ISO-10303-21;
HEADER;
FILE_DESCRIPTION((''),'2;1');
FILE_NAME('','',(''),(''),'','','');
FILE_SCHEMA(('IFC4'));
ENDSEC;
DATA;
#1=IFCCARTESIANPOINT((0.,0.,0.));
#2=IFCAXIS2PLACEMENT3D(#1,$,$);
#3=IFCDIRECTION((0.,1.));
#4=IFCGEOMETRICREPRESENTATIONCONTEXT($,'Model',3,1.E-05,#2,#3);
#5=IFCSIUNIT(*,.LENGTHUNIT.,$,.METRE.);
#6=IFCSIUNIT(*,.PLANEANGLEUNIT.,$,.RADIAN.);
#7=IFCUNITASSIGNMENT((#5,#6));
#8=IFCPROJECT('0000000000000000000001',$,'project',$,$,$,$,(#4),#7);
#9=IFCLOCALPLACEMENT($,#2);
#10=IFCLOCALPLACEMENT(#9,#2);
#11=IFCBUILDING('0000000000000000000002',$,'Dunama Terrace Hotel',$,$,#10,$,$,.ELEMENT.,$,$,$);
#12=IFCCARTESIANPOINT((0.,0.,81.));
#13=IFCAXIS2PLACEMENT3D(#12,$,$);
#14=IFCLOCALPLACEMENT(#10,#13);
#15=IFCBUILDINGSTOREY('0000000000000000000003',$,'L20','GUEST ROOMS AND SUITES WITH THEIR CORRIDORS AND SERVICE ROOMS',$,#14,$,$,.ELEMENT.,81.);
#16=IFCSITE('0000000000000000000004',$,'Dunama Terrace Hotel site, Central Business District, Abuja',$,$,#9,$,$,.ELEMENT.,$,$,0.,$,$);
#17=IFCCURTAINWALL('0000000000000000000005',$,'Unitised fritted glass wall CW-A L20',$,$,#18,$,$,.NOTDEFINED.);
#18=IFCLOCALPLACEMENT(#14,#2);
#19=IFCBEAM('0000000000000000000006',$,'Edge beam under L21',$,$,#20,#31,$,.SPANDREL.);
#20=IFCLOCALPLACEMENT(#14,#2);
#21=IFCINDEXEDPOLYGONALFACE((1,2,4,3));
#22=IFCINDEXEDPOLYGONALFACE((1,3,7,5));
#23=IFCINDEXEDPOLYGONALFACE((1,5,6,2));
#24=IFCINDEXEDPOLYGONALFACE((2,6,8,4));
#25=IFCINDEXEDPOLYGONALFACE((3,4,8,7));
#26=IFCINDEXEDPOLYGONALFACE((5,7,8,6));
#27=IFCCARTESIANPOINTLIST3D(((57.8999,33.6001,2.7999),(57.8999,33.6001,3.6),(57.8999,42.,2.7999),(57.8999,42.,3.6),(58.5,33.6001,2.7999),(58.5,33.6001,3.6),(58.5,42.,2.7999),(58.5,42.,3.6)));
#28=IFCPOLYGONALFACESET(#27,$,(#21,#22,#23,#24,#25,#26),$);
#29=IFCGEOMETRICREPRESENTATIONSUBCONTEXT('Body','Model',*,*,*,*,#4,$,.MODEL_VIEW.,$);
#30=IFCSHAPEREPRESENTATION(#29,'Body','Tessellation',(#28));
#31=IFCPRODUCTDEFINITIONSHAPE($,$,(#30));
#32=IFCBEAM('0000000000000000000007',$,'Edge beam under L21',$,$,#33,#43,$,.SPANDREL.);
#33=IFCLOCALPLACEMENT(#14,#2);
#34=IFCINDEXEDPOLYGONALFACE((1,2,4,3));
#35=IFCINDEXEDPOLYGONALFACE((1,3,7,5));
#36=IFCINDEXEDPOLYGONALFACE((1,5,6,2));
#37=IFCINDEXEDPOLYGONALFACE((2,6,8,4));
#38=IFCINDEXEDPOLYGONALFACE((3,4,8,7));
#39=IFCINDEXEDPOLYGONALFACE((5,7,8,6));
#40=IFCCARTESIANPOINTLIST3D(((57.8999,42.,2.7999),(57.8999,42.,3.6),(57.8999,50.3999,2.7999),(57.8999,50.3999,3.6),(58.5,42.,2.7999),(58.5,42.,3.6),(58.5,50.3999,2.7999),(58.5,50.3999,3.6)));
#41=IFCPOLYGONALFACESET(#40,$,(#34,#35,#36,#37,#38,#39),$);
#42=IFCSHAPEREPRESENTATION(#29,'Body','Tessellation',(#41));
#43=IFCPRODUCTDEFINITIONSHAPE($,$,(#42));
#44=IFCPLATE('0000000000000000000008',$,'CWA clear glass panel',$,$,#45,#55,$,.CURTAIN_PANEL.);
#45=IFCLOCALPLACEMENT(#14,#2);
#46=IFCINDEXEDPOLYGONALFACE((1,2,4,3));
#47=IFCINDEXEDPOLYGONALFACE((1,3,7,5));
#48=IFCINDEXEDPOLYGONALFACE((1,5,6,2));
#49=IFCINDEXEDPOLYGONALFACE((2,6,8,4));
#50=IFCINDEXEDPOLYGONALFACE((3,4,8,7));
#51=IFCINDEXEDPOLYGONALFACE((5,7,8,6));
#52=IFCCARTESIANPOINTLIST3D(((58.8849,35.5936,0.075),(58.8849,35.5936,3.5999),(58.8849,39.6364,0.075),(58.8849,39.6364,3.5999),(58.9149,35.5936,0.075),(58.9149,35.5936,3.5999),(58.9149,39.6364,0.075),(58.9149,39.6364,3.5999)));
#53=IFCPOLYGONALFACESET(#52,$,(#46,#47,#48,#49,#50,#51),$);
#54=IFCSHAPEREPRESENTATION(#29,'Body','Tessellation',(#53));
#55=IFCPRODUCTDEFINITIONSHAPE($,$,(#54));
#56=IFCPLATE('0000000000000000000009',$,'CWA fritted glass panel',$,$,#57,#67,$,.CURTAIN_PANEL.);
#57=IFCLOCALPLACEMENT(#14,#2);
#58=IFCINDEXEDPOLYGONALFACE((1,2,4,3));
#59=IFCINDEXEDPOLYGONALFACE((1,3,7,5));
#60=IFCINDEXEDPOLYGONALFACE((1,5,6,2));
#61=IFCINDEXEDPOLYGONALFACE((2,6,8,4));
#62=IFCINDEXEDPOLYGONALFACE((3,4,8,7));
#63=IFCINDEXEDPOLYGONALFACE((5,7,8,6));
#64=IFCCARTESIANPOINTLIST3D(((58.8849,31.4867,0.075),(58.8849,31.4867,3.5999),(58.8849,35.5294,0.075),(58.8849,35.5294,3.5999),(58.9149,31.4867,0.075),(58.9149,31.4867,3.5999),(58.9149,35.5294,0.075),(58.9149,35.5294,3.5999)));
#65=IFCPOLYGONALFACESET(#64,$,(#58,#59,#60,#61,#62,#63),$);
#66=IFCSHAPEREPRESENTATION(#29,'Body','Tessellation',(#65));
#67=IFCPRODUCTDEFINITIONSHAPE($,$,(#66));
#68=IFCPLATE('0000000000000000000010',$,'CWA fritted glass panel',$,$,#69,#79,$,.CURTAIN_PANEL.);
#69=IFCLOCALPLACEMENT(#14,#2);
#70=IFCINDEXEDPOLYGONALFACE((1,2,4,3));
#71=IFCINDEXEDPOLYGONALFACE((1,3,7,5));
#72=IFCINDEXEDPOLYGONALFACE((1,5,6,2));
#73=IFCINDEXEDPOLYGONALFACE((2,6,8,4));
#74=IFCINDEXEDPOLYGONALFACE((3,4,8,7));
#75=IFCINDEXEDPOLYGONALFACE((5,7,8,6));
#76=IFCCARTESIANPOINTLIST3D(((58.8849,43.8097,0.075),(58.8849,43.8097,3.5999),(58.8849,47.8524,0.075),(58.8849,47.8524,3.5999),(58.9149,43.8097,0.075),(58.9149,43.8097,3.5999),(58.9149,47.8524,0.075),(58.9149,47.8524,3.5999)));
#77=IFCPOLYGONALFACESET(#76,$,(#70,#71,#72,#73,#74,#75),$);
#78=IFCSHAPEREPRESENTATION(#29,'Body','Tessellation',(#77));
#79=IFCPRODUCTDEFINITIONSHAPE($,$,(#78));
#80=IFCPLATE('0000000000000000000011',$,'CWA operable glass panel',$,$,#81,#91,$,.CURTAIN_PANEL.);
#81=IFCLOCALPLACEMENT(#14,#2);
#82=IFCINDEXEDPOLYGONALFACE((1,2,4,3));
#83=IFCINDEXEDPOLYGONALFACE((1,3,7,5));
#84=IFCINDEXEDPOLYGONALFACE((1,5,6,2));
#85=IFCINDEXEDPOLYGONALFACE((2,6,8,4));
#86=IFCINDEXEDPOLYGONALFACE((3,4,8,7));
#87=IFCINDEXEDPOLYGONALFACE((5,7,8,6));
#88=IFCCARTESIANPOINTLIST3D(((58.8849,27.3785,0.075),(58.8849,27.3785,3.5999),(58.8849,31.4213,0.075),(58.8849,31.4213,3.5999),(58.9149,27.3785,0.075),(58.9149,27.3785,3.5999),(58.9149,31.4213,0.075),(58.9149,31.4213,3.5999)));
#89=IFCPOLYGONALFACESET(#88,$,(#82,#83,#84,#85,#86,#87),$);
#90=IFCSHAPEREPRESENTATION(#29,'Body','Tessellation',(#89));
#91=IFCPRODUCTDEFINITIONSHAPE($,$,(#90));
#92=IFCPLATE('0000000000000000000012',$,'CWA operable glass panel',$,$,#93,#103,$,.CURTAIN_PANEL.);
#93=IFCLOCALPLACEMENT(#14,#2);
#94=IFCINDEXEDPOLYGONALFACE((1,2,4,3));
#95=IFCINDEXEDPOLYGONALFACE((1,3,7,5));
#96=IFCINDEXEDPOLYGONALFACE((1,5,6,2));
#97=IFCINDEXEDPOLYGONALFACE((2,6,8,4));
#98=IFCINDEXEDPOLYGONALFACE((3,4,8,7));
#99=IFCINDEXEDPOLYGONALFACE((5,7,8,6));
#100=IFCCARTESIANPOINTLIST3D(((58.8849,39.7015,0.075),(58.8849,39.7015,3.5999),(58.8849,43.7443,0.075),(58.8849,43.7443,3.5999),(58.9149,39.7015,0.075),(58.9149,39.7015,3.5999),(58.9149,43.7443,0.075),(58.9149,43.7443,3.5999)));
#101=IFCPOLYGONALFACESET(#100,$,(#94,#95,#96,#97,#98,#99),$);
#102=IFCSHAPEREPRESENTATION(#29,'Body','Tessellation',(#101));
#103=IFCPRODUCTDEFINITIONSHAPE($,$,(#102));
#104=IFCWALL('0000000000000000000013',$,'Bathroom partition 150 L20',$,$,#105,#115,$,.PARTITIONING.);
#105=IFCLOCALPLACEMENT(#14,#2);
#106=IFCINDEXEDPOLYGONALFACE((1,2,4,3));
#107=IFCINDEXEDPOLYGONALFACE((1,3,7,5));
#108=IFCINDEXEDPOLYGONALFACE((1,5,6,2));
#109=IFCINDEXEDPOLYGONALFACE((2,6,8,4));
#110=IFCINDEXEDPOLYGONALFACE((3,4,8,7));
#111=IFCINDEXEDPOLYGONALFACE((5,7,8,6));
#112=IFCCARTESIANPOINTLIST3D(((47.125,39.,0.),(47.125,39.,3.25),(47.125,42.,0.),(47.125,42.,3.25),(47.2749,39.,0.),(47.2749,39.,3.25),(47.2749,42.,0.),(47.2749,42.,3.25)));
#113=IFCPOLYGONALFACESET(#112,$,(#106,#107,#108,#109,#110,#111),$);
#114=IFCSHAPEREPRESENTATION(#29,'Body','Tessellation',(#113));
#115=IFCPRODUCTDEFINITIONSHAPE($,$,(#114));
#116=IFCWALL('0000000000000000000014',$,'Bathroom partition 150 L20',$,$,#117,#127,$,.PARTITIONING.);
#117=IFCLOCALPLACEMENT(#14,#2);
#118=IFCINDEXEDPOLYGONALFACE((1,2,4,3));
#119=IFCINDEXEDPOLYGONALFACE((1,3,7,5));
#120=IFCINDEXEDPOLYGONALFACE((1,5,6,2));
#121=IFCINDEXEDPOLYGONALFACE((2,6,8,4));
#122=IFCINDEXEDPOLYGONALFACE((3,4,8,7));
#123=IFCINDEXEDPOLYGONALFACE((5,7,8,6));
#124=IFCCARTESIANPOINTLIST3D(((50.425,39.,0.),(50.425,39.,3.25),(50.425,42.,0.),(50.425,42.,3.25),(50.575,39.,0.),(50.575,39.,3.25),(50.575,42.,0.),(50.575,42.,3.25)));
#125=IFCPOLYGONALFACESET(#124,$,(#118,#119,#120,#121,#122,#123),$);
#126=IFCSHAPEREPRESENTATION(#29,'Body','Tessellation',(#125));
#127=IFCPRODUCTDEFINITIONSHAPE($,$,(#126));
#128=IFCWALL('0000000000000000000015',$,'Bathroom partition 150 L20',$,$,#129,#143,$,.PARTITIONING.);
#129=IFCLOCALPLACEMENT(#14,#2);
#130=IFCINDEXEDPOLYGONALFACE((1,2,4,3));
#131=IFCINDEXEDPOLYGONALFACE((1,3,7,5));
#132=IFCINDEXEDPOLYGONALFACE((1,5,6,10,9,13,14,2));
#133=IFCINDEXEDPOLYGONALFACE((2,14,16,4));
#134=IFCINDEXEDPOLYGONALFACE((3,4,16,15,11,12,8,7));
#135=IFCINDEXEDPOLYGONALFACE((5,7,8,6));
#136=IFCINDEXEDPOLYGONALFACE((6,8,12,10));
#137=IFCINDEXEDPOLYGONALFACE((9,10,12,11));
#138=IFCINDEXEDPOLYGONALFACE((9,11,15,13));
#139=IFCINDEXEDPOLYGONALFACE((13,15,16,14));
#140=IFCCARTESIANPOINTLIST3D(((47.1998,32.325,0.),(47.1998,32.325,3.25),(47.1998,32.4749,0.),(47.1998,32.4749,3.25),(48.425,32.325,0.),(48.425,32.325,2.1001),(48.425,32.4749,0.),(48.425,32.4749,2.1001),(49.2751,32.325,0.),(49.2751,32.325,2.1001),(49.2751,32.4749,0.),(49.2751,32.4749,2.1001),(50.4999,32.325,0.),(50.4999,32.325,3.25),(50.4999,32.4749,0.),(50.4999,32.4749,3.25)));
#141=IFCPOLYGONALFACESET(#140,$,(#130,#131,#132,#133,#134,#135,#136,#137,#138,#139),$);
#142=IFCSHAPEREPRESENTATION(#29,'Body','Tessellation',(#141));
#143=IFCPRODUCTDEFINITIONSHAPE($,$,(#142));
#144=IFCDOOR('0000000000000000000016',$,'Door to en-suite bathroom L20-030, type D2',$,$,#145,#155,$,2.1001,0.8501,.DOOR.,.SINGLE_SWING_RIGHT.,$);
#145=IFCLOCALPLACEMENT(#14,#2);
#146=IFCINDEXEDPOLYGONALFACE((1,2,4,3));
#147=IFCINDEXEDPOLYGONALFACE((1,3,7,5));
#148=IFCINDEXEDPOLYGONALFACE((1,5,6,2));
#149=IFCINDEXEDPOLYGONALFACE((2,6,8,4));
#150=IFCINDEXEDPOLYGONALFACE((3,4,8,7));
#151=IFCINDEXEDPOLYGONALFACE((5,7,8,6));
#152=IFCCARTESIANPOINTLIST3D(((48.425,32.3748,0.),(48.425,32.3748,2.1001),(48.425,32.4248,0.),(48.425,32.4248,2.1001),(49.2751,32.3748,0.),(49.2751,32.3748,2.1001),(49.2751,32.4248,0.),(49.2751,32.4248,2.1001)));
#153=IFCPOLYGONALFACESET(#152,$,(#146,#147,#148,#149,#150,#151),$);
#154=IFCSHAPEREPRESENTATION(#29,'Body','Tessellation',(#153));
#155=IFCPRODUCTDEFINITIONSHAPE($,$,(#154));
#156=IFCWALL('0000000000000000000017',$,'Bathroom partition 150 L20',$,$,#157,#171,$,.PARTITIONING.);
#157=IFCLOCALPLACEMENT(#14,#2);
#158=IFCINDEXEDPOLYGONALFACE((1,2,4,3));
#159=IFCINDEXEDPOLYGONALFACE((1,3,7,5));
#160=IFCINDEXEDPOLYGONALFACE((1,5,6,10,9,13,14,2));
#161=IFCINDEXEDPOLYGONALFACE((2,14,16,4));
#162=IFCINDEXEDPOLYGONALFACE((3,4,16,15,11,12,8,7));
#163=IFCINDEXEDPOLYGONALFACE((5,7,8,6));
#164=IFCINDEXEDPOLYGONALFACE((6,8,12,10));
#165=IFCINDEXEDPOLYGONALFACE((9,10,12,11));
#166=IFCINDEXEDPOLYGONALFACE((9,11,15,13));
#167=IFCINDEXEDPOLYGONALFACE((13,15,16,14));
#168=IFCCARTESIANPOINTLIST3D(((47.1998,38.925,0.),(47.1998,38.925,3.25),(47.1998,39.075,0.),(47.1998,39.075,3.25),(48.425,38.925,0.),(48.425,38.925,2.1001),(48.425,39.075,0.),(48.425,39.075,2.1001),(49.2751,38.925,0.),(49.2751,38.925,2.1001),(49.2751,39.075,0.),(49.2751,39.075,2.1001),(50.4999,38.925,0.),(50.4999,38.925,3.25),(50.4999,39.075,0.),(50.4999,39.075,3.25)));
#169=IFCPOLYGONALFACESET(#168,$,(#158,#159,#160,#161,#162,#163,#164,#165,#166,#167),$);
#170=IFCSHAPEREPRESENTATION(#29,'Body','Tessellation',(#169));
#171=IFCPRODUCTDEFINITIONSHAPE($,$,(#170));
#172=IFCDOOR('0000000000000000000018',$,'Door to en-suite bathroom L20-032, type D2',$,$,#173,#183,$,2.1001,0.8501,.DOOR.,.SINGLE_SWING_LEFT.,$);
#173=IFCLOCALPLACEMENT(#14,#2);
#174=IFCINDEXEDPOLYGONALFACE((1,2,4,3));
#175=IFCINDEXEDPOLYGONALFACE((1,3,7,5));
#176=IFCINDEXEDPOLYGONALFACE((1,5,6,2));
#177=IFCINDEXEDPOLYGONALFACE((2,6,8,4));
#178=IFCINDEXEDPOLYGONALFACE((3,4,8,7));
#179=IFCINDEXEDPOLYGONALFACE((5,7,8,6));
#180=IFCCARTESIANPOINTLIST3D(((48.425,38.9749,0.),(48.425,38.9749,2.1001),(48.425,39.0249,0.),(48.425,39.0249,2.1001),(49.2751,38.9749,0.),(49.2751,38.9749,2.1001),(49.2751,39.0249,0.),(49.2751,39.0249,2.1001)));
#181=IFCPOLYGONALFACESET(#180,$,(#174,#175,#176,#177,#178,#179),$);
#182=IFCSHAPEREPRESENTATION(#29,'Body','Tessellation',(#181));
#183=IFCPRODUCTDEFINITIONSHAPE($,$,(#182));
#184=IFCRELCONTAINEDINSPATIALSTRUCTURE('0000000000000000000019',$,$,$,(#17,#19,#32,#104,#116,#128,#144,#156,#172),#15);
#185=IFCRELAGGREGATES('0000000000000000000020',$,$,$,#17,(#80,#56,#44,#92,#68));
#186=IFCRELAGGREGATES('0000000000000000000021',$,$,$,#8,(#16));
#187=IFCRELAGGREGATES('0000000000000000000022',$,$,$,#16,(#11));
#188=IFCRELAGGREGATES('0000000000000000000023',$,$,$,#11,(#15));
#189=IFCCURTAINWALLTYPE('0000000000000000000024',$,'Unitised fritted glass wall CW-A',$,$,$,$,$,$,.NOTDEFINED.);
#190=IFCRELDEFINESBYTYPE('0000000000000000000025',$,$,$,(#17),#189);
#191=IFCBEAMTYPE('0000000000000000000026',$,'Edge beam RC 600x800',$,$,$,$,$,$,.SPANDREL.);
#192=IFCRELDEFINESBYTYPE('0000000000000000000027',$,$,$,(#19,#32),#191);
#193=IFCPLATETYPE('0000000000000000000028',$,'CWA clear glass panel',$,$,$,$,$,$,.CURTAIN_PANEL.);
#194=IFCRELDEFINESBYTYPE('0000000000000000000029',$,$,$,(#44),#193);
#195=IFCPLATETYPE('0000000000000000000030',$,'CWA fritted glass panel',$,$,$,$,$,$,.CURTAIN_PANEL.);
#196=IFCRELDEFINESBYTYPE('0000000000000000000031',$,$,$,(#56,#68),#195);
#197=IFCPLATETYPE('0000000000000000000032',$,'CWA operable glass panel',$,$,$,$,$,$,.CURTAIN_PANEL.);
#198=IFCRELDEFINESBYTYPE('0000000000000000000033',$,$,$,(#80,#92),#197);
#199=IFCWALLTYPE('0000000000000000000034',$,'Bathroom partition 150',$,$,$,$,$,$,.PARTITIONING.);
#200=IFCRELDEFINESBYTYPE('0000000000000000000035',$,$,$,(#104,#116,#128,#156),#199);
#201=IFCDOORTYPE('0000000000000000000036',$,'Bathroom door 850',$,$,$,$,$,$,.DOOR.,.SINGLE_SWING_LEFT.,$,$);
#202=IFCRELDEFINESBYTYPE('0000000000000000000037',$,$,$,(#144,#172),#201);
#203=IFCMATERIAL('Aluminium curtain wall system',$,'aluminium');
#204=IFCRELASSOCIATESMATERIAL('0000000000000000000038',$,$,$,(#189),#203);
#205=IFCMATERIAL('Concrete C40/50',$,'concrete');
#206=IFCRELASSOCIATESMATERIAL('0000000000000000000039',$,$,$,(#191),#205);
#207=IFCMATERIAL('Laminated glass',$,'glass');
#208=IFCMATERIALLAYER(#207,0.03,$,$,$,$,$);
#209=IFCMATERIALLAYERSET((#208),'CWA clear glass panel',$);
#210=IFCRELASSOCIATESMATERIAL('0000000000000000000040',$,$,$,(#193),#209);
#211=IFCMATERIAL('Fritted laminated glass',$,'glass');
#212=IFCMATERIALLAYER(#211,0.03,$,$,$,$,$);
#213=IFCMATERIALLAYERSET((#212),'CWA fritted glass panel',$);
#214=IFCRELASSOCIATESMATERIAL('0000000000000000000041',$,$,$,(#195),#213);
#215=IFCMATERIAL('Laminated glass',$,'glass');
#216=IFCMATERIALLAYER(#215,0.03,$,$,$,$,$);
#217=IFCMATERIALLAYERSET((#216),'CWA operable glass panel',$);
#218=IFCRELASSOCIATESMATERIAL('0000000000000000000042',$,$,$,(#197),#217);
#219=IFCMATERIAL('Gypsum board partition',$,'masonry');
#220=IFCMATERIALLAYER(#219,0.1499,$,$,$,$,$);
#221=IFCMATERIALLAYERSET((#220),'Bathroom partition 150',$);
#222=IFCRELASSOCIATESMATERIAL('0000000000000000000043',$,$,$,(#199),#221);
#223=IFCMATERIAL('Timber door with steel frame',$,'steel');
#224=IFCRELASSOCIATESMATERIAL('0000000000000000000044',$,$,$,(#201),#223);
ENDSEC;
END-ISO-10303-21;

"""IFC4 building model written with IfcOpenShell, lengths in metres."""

from ifc_helpers import new_model, si_unit, direction, frame, frame_2d, origin, origin_2d, place, context, subcontext, project, spatial, rectangle, extrude, material, layer, layer_set, material_profile, profile_set, type_object, element, fill, aggregate, save


model = new_model("IFC4")

# Units and contexts
model_context = context("Model", 3, precision=1e-05, world=origin(), true_north=direction((0.0, 1.0)))
body_context = subcontext(model_context, "Body", "Model", "MODEL_VIEW")
ifc_project = project(units=[si_unit("LENGTHUNIT", "METRE"), si_unit("PLANEANGLEUNIT", "RADIAN")], contexts=[model_context])

# Site, building, storey
site_placement = place(None, origin())
site = spatial("IfcSite", under=ifc_project, at=site_placement, Name="Dunama Terrace Hotel site, Central Business District, Abuja", CompositionType="ELEMENT", RefElevation=0.0)
building_placement = place(site_placement, origin())
building = spatial("IfcBuilding", under=site, at=building_placement, Name="Dunama Terrace Hotel", CompositionType="ELEMENT")
storey_placement = place(building_placement, frame((0.0, 0.0, 81.0)))
storey = spatial("IfcBuildingStorey", under=building, at=storey_placement, Name="L20", Description="GUEST ROOMS AND SUITES WITH THEIR CORRIDORS AND SERVICE ROOMS", CompositionType="ELEMENT", Elevation=81.0)

# Curtain wall
ifc_material_1 = material(Name="Aluminium curtain wall system", Category="aluminium")
curtain_wall_type = type_object("IfcCurtainWallType", Name="Unitised fritted glass wall CW-A", PredefinedType="NOTDEFINED", material=ifc_material_1)
curtain_wall_placement = place(storey_placement, origin())
curtain_wall = element("IfcCurtainWall", 1, at=curtain_wall_placement, inside=storey, type_object=curtain_wall_type, Name="Unitised fritted glass wall CW-A L20", PredefinedType="NOTDEFINED")

# Beams
ifc_material_2 = material(Name="Concrete C40/50", Category="concrete")
ifc_material_profile_1 = material_profile(ifc_material_2, rectangle(XDim=0.6001, YDim=0.8, at=origin_2d()), Name="RC 600x800")
ifc_profile_set_1 = profile_set([ifc_material_profile_1], Name="Concrete C40/50")
beam_type = type_object("IfcBeamType", Name="Edge beam RC 600x800", PredefinedType="SPANDREL", material=ifc_profile_set_1)
for number, where, z_axis, x_axis, name in (
    (2, (58.2, 33.6001, 3.2), (0.0, 1.0, 0.0), (-1.0, 0.0, 0.0), "Edge beam under L21"),
    (3, (58.2, 42.0, 3.2), (0.0, 1.0, 0.0), (-1.0, 0.0, 0.0), "Edge beam under L21"),
):
    element("IfcBeam", number, at=place(storey_placement, frame(where, z_axis=z_axis, x_axis=x_axis)), inside=storey, type_object=beam_type, Name=name, PredefinedType="SPANDREL", context=body_context, shape_type="SweptSolid", body=[
        extrude(rectangle(XDim=0.6001, YDim=0.8, at=origin_2d()), origin(), (0.0, 0.0, 1.0), 8.3999),
    ])

# Plates
ifc_material_3 = material(Name="Laminated glass", Category="glass")
ifc_layer_1 = layer(ifc_material_3, 0.03)
ifc_layer_set_1 = layer_set([ifc_layer_1], Name="CWA clear glass panel")
plate_type_1 = type_object("IfcPlateType", Name="CWA clear glass panel", PredefinedType="CURTAIN_PANEL", material=ifc_layer_set_1)
plate_1_placement = place(storey_placement, frame((58.8999, 37.615, 0.075), z_axis=(0.0, 0.0, 1.0), x_axis=(0.0, 1.0, 0.0)))
plate_1 = element("IfcPlate", 4, at=plate_1_placement, type_object=plate_type_1, Name="CWA clear glass panel", PredefinedType="CURTAIN_PANEL", context=body_context, shape_type="SweptSolid", body=[
    extrude(rectangle(XDim=4.0427, YDim=0.03, at=origin_2d()), origin(), (0.0, 0.0, 1.0), 3.5249),
])
ifc_material_4 = material(Name="Fritted laminated glass", Category="glass")
ifc_layer_2 = layer(ifc_material_4, 0.03)
ifc_layer_set_2 = layer_set([ifc_layer_2], Name="CWA fritted glass panel")
plate_type_2 = type_object("IfcPlateType", Name="CWA fritted glass panel", PredefinedType="CURTAIN_PANEL", material=ifc_layer_set_2)
plate_2_placement = place(storey_placement, frame((58.8999, 33.5081, 0.075), z_axis=(0.0, 0.0, 1.0), x_axis=(0.0, 1.0, 0.0)))
plate_2 = element("IfcPlate", 5, at=plate_2_placement, type_object=plate_type_2, Name="CWA fritted glass panel", PredefinedType="CURTAIN_PANEL", context=body_context, shape_type="SweptSolid", body=[
    extrude(rectangle(XDim=4.0427, YDim=0.03, at=origin_2d()), origin(), (0.0, 0.0, 1.0), 3.5249),
])
plate_3_placement = place(storey_placement, frame((58.8999, 45.8311, 0.075), z_axis=(0.0, 0.0, 1.0), x_axis=(0.0, 1.0, 0.0)))
plate_3 = element("IfcPlate", 6, at=plate_3_placement, type_object=plate_type_2, Name="CWA fritted glass panel", PredefinedType="CURTAIN_PANEL", context=body_context, shape_type="SweptSolid", body=[
    extrude(rectangle(XDim=4.0427, YDim=0.03, at=origin_2d()), origin(), (0.0, 0.0, 1.0), 3.5249),
])
ifc_material_5 = material(Name="Laminated glass", Category="glass")
ifc_layer_3 = layer(ifc_material_5, 0.03)
ifc_layer_set_3 = layer_set([ifc_layer_3], Name="CWA operable glass panel")
plate_type_3 = type_object("IfcPlateType", Name="CWA operable glass panel", PredefinedType="CURTAIN_PANEL", material=ifc_layer_set_3)
plate_4_placement = place(storey_placement, frame((58.8999, 29.3999, 0.075), z_axis=(0.0, 0.0, 1.0), x_axis=(0.0, 1.0, 0.0)))
plate_4 = element("IfcPlate", 7, at=plate_4_placement, type_object=plate_type_3, Name="CWA operable glass panel", PredefinedType="CURTAIN_PANEL", context=body_context, shape_type="SweptSolid", body=[
    extrude(rectangle(XDim=4.0427, YDim=0.03, at=origin_2d()), origin(), (0.0, 0.0, 1.0), 3.5249),
])
plate_5_placement = place(storey_placement, frame((58.8999, 41.7229, 0.075), z_axis=(0.0, 0.0, 1.0), x_axis=(0.0, 1.0, 0.0)))
plate_5 = element("IfcPlate", 8, at=plate_5_placement, type_object=plate_type_3, Name="CWA operable glass panel", PredefinedType="CURTAIN_PANEL", context=body_context, shape_type="SweptSolid", body=[
    extrude(rectangle(XDim=4.0427, YDim=0.03, at=origin_2d()), origin(), (0.0, 0.0, 1.0), 3.5249),
])
aggregate(curtain_wall, [plate_4, plate_2, plate_1, plate_5, plate_3])

# Walls
ifc_material_6 = material(Name="Gypsum board partition", Category="masonry")
ifc_layer_4 = layer(ifc_material_6, 0.1499)
ifc_layer_set_4 = layer_set([ifc_layer_4], Name="Bathroom partition 150")
wall_type = type_object("IfcWallType", Name="Bathroom partition 150", PredefinedType="PARTITIONING", material=ifc_layer_set_4)
for number, where, z_axis, x_axis, name in (
    (9, (47.2, 39.0, 0.0), (0.0, 0.0, 1.0), (0.0, 1.0, 0.0), "Bathroom partition 150 L20"),
    (10, (50.5, 39.0, 0.0), (0.0, 0.0, 1.0), (0.0, 1.0, 0.0), "Bathroom partition 150 L20"),
):
    element("IfcWall", number, at=place(storey_placement, frame(where, z_axis=z_axis, x_axis=x_axis)), inside=storey, type_object=wall_type, Name=name, PredefinedType="PARTITIONING", context=body_context, shape_type="SweptSolid", body=[
        extrude(rectangle(XDim=3.0, YDim=0.1499, at=frame_2d((1.5, 0.0))), origin(), (0.0, 0.0, 1.0), 3.25),
    ])

# Walls, openings, doors
wall_1_placement = place(storey_placement, frame((47.2, 32.3999, 0.0), z_axis=(0.0, 0.0, 1.0), x_axis=(1.0, 0.0, 0.0)))
wall_1 = element("IfcWall", 11, at=wall_1_placement, inside=storey, type_object=wall_type, Name="Bathroom partition 150 L20", PredefinedType="PARTITIONING", context=body_context, shape_type="SweptSolid", body=[
    extrude(rectangle(XDim=3.3, YDim=0.1499, at=frame_2d((1.6499, 0.0))), origin(), (0.0, 0.0, 1.0), 3.25),
])
opening_1_placement = place(wall_1_placement, frame((1.2251, 0.0, 0.0)))
opening_1 = element("IfcOpeningElement", 12, at=opening_1_placement, cuts=wall_1, PredefinedType="OPENING", context=body_context, shape_type="SweptSolid", body=[
    extrude(rectangle(XDim=0.8501, YDim=2.1001, at=frame_2d((0.425, 1.05))), frame((0.0, 0.085, 0.0), z_axis=(0.0, -1.0, 0.0), x_axis=(1.0, 0.0, 0.0)), (0.0, 0.0, 1.0), 0.1699),
])
ifc_material_7 = material(Name="Timber door with steel frame", Category="steel")
door_type = type_object("IfcDoorType", Name="Bathroom door 850", OperationType="SINGLE_SWING_LEFT", PredefinedType="DOOR", material=ifc_material_7)
door_1_placement = place(opening_1_placement, frame((0.8501, 0.0, 0.0), z_axis=(0.0, 0.0, 1.0), x_axis=(-1.0, 0.0, 0.0)))
door_1 = element("IfcDoor", 13, at=door_1_placement, inside=storey, type_object=door_type, Name="Door to en-suite bathroom L20-030, type D2", OperationType="SINGLE_SWING_RIGHT", OverallHeight=2.1001, OverallWidth=0.8501, PredefinedType="DOOR", context=body_context, shape_type="SweptSolid", body=[
    extrude(rectangle(XDim=0.8501, YDim=2.1001, at=frame_2d((0.425, 1.05))), frame((0.0, 0.0251, 0.0), z_axis=(0.0, -1.0, 0.0), x_axis=(1.0, 0.0, 0.0)), (0.0, 0.0, 1.0), 0.05),
])
fill(opening_1, door_1)
wall_2_placement = place(storey_placement, frame((47.2, 39.0, 0.0), z_axis=(0.0, 0.0, 1.0), x_axis=(1.0, 0.0, 0.0)))
wall_2 = element("IfcWall", 14, at=wall_2_placement, inside=storey, type_object=wall_type, Name="Bathroom partition 150 L20", PredefinedType="PARTITIONING", context=body_context, shape_type="SweptSolid", body=[
    extrude(rectangle(XDim=3.3, YDim=0.1499, at=frame_2d((1.6499, 0.0))), origin(), (0.0, 0.0, 1.0), 3.25),
])
opening_2_placement = place(wall_2_placement, frame((1.2251, 0.0, 0.0)))
opening_2 = element("IfcOpeningElement", 15, at=opening_2_placement, cuts=wall_2, PredefinedType="OPENING", context=body_context, shape_type="SweptSolid", body=[
    extrude(rectangle(XDim=0.8501, YDim=2.1001, at=frame_2d((0.425, 1.05))), frame((0.0, 0.085, 0.0), z_axis=(0.0, -1.0, 0.0), x_axis=(1.0, 0.0, 0.0)), (0.0, 0.0, 1.0), 0.1699),
])
door_2_placement = place(opening_2_placement, origin())
door_2 = element("IfcDoor", 16, at=door_2_placement, inside=storey, type_object=door_type, Name="Door to en-suite bathroom L20-032, type D2", OperationType="SINGLE_SWING_LEFT", OverallHeight=2.1001, OverallWidth=0.8501, PredefinedType="DOOR", context=body_context, shape_type="SweptSolid", body=[
    extrude(rectangle(XDim=0.8501, YDim=2.1001, at=frame_2d((0.425, 1.05))), frame((0.0, 0.0249, 0.0), z_axis=(0.0, -1.0, 0.0), x_axis=(1.0, 0.0, 0.0)), (0.0, 0.0, 1.0), 0.05),
])
fill(opening_2, door_2)

save(model, "model.ifc")
